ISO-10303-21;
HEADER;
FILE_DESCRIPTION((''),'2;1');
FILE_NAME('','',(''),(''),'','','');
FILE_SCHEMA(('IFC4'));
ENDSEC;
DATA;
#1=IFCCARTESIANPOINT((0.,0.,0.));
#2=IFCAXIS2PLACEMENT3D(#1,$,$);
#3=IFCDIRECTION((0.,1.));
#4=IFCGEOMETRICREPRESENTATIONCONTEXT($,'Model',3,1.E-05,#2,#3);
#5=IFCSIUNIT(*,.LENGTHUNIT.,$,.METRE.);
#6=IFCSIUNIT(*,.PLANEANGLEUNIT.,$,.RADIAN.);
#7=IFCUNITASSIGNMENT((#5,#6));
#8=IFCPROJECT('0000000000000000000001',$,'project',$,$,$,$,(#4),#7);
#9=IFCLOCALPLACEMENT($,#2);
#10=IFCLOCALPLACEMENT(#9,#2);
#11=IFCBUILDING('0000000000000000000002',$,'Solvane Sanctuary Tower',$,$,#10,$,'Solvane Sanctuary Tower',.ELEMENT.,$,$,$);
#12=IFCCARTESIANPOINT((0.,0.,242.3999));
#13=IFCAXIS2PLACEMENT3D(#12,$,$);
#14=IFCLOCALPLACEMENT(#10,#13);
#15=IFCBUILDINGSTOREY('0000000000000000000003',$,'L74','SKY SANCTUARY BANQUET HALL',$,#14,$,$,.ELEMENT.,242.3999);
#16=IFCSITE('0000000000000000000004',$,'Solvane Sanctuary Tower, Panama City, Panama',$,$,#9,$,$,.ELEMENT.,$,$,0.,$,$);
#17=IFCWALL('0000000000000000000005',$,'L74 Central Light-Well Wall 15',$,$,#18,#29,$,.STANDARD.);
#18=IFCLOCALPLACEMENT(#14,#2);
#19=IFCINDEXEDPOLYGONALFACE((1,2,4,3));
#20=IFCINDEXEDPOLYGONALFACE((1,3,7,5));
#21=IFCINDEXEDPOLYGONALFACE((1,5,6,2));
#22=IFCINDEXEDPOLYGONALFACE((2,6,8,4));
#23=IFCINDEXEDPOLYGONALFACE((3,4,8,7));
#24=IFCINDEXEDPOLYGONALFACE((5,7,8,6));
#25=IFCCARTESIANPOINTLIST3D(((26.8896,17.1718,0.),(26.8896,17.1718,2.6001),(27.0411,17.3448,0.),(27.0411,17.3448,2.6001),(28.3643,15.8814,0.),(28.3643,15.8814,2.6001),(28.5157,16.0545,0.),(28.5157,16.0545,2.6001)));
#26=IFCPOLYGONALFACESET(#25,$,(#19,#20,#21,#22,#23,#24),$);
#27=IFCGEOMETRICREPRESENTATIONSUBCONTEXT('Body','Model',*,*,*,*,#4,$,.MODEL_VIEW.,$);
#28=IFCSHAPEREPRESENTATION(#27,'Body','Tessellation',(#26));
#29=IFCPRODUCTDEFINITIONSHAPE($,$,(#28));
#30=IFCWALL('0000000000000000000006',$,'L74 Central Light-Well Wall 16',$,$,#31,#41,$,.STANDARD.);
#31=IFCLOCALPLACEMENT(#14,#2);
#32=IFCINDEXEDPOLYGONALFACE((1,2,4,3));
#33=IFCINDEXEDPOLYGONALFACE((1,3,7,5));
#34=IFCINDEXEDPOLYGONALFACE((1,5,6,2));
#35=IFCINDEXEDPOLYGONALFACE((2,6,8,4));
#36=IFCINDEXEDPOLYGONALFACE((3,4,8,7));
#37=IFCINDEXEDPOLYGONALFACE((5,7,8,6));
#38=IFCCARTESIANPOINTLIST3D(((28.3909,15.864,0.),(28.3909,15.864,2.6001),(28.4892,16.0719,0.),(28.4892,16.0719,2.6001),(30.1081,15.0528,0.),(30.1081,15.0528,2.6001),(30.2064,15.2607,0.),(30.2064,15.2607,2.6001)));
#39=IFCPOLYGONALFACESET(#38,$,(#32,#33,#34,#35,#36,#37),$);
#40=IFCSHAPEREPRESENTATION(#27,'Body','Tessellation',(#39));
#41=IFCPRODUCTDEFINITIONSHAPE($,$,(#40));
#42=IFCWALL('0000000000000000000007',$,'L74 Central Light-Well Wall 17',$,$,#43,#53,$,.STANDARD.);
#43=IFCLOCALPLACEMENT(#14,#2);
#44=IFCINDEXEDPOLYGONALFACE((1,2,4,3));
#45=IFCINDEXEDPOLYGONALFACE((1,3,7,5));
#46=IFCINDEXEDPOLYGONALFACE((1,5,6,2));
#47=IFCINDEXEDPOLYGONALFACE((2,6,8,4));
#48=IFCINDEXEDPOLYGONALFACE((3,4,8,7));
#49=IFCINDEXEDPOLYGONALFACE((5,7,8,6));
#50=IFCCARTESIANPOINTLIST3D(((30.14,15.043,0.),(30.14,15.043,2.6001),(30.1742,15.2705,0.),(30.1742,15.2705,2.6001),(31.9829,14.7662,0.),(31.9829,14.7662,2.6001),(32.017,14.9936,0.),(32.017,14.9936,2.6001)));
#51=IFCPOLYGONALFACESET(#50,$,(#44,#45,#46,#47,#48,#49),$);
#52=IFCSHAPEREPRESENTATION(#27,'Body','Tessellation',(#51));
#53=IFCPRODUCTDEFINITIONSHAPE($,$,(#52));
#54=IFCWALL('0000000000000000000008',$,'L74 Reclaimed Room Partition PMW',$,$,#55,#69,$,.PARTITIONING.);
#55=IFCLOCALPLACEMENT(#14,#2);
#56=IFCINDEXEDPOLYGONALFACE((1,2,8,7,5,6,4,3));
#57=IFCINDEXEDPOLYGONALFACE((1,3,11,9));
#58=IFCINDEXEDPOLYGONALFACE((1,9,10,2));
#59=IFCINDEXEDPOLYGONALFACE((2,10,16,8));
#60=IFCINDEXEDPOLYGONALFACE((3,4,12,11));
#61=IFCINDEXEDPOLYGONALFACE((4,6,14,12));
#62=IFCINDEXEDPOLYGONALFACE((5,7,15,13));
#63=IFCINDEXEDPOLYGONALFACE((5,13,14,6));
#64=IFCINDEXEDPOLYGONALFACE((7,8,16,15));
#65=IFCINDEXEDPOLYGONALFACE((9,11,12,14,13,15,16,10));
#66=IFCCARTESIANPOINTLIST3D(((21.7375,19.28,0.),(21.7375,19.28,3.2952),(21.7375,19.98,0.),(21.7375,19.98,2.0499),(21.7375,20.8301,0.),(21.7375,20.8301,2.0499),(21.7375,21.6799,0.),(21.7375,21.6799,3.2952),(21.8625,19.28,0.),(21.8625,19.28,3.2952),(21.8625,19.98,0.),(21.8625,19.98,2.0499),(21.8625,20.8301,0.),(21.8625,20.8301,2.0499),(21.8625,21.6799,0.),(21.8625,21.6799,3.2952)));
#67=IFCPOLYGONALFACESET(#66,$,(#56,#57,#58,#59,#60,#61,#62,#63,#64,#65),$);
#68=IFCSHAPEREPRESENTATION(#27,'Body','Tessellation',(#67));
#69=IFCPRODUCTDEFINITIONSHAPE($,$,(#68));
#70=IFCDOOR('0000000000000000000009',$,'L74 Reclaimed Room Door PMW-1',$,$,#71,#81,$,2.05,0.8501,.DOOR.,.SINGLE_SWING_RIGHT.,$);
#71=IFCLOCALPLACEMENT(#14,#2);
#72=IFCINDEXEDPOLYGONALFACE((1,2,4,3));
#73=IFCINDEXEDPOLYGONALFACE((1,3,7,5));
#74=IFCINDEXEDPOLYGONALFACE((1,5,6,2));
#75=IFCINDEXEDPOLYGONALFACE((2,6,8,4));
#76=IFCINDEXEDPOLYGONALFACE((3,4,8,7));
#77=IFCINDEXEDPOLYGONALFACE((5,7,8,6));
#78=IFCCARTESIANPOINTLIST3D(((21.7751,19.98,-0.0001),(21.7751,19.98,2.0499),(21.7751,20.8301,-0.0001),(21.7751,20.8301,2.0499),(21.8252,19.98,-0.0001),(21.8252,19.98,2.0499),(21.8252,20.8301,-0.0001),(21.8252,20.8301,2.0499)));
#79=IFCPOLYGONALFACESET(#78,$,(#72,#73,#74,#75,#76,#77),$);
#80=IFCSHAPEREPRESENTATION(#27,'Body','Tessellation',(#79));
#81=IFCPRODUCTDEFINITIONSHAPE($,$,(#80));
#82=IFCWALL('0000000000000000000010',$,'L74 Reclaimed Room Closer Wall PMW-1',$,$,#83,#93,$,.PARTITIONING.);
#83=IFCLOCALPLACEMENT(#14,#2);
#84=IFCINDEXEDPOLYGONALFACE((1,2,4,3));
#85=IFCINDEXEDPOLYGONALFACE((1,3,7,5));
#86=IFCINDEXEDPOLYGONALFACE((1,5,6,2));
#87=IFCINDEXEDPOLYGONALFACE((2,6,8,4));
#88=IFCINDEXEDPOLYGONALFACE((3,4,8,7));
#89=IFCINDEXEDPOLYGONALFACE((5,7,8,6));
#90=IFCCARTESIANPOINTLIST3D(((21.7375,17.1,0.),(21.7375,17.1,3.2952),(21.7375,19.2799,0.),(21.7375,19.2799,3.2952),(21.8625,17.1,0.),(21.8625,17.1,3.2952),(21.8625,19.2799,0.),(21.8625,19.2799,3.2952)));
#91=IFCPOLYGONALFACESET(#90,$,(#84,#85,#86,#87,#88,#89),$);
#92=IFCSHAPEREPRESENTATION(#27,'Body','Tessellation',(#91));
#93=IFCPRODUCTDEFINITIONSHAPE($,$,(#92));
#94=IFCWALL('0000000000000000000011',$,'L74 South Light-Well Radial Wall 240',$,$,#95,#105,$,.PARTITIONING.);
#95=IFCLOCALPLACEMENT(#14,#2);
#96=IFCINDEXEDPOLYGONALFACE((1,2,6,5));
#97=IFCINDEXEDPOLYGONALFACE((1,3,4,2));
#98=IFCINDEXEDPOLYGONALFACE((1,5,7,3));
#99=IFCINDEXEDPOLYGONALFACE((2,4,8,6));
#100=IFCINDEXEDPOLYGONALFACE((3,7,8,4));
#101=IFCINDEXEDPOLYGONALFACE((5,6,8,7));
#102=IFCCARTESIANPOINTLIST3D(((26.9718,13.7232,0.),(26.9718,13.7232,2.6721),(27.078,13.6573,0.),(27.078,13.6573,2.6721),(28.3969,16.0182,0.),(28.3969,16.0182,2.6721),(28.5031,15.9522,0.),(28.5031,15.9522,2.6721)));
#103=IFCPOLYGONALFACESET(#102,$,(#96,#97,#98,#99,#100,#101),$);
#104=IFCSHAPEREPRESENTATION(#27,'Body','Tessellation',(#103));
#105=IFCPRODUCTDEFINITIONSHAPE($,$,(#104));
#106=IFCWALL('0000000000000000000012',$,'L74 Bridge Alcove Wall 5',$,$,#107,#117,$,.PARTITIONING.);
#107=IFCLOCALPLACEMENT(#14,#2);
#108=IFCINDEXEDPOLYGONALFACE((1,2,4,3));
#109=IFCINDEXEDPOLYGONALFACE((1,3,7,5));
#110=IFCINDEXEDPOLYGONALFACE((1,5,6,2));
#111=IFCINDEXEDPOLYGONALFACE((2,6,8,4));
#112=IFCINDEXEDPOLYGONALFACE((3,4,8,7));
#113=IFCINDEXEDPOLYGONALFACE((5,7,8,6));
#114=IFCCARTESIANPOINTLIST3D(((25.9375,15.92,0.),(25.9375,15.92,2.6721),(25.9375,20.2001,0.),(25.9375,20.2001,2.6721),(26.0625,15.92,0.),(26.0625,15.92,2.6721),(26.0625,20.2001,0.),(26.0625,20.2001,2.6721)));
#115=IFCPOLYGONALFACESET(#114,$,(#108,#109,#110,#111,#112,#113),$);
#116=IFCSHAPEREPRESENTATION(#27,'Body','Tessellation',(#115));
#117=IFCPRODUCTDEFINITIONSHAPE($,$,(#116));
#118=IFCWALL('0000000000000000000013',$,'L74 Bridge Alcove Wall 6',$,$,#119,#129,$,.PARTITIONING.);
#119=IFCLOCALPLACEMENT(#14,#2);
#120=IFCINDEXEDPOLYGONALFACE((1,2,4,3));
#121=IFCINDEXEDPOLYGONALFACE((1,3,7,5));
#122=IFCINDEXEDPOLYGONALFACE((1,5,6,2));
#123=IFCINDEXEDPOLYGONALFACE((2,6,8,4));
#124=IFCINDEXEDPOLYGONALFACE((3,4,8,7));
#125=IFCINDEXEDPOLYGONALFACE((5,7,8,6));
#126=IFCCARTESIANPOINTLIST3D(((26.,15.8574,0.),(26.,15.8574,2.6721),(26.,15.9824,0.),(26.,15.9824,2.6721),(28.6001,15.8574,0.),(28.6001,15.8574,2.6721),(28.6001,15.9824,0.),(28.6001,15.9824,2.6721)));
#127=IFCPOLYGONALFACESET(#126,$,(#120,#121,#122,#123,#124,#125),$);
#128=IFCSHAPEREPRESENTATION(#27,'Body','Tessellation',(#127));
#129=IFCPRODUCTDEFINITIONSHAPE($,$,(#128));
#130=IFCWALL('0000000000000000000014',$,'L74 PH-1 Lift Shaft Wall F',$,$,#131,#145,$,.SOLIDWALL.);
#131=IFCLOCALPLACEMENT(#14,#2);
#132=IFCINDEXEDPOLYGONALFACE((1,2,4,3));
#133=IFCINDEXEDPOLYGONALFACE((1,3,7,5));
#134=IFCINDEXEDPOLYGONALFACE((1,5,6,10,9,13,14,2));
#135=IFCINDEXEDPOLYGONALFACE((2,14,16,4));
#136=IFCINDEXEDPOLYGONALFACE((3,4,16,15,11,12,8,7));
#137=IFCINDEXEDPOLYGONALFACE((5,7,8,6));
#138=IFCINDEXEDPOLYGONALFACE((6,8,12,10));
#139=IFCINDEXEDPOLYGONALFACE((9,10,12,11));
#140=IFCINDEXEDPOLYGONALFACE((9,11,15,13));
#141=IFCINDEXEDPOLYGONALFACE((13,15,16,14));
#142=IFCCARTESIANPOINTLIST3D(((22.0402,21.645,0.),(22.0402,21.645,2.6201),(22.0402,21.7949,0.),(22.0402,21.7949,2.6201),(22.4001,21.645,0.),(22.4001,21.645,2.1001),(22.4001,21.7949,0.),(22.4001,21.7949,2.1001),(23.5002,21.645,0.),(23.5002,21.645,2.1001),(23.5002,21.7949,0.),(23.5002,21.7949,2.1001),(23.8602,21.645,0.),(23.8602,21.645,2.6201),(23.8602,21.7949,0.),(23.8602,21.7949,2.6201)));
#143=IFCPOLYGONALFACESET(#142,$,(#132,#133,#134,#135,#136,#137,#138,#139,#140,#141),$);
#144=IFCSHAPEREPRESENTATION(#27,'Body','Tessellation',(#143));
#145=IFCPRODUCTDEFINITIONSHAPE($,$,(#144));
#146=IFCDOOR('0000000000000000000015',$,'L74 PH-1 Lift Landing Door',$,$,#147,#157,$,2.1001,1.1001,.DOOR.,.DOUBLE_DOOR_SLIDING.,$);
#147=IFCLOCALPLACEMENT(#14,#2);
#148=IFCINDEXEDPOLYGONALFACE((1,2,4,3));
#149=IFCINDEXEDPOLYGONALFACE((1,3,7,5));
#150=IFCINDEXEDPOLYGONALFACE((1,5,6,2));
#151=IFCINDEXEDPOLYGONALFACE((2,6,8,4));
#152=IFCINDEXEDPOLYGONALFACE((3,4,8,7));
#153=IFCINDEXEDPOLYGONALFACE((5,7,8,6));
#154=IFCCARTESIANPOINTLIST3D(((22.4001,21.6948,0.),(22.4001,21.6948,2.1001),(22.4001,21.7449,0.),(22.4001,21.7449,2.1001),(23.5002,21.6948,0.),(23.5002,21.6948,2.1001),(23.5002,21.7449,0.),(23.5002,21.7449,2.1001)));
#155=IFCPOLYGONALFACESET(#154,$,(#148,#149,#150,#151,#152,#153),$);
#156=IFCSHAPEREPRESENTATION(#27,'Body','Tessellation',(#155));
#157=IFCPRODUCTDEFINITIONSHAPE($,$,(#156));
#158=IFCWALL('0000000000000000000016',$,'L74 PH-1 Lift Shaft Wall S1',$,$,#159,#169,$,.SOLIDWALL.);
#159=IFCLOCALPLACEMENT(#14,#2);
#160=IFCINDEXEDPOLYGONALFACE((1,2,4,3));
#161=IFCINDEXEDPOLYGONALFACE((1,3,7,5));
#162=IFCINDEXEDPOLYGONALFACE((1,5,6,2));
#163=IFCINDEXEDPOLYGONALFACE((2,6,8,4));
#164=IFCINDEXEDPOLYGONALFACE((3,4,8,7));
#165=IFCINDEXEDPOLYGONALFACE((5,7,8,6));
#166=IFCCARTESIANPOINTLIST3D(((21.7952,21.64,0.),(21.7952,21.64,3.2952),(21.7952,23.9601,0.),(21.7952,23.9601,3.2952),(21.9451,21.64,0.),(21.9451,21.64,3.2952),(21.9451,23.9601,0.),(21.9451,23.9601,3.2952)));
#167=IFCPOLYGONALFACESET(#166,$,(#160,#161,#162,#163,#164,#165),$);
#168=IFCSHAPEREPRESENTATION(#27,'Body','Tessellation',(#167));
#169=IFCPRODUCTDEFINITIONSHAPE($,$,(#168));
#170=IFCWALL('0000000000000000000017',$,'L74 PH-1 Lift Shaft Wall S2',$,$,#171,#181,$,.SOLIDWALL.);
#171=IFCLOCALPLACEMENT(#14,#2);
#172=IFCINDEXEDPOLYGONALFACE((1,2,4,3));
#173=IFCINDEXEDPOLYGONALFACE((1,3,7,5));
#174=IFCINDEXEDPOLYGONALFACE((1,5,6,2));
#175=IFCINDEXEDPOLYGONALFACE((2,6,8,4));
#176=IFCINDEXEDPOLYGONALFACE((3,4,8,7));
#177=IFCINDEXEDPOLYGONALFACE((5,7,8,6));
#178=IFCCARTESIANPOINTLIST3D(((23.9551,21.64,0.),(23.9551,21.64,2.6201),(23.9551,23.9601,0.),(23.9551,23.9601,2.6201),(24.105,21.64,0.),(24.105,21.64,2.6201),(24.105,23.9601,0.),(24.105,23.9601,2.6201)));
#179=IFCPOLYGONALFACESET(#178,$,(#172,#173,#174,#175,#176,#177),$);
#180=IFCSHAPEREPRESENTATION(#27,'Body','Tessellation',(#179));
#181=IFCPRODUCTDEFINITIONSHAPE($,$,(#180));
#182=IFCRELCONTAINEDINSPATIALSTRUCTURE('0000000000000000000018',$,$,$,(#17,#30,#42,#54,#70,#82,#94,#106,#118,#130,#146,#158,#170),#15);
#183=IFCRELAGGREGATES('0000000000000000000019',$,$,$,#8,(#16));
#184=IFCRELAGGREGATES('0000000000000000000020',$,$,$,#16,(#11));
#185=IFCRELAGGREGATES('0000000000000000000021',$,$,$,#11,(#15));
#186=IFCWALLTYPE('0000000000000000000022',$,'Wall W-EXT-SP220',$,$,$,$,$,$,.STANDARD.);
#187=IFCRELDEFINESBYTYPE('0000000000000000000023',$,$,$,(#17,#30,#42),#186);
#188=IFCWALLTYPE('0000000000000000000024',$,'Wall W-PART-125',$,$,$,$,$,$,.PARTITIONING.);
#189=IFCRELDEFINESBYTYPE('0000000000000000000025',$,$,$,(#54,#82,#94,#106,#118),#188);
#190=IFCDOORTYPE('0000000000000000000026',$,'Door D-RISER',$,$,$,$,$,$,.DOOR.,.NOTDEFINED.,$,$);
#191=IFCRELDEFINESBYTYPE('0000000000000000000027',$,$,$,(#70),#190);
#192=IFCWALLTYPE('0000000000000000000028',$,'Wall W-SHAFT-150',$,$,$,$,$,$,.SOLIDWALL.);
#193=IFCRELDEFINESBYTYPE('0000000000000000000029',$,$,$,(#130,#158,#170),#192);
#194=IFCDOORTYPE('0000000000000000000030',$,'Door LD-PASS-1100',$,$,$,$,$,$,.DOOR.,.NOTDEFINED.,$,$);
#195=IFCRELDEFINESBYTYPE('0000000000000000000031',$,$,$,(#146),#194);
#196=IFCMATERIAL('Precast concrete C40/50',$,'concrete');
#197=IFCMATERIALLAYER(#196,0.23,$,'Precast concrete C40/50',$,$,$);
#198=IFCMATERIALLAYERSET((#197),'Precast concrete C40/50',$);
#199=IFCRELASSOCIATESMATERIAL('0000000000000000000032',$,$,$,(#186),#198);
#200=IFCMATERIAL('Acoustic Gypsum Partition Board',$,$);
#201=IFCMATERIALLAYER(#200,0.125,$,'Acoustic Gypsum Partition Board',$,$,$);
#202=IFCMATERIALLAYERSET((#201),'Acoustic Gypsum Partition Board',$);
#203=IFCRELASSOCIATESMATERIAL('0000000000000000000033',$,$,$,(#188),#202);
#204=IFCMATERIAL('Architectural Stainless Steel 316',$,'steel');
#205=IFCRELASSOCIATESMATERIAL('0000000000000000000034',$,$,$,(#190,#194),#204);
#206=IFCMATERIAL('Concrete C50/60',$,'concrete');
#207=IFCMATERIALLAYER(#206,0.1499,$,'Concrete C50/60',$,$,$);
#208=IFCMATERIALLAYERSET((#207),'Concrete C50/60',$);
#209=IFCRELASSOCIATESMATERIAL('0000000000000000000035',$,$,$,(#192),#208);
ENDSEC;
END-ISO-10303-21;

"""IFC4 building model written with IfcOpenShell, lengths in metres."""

from ifc_helpers import new_model, si_unit, direction, frame, frame_2d, origin, place, context, subcontext, project, spatial, rectangle, extrude, material, layer, layer_set, type_object, element, fill, save


model = new_model("IFC4")

# Units and contexts
model_context = context("Model", 3, precision=1e-05, world=origin(), true_north=direction((0.0, 1.0)))
body_context = subcontext(model_context, "Body", "Model", "MODEL_VIEW")
ifc_project = project(units=[si_unit("LENGTHUNIT", "METRE"), si_unit("PLANEANGLEUNIT", "RADIAN")], contexts=[model_context])

# Site, building, storey
site_placement = place(None, origin())
site = spatial("IfcSite", under=ifc_project, at=site_placement, Name="Solvane Sanctuary Tower, Panama City, Panama", CompositionType="ELEMENT", RefElevation=0.0)
building_placement = place(site_placement, origin())
building = spatial("IfcBuilding", under=site, at=building_placement, Name="Solvane Sanctuary Tower", LongName="Solvane Sanctuary Tower", CompositionType="ELEMENT")
storey_placement = place(building_placement, frame((0.0, 0.0, 242.3999)))
storey = spatial("IfcBuildingStorey", under=building, at=storey_placement, Name="L74", Description="SKY SANCTUARY BANQUET HALL", CompositionType="ELEMENT", Elevation=242.3999)

# Shared definitions
ifc_material_1 = material(Name="Precast concrete C40/50", Category="concrete")
ifc_layer_1 = layer(ifc_material_1, 0.23, Name="Precast concrete C40/50")
ifc_layer_set_1 = layer_set([ifc_layer_1], Name="Precast concrete C40/50")
wall_type_1 = type_object("IfcWallType", Name="Wall W-EXT-SP220", PredefinedType="STANDARD", material=ifc_layer_set_1)

# Walls
wall_1_placement = place(storey_placement, frame((26.9653, 17.2583, 0.0), z_axis=(0.0, 0.0, 1.0), x_axis=(0.752577, -0.658505, 0.0)))
element("IfcWall", 1, at=wall_1_placement, inside=storey, type_object=wall_type_1, Name="L74 Central Light-Well Wall 15", PredefinedType="STANDARD", context=body_context, shape_type="SweptSolid", body=[
    extrude(rectangle(XDim=1.9595, YDim=0.23, at=frame_2d((0.9797, 0.0))), origin(), (0.0, 0.0, 1.0), 2.6001),
])
wall_2_placement = place(storey_placement, frame((28.4399, 15.968, 0.0), z_axis=(0.0, 0.0, 1.0), x_axis=(0.90418, -0.427152, 0.0)))
element("IfcWall", 2, at=wall_2_placement, inside=storey, type_object=wall_type_1, Name="L74 Central Light-Well Wall 16", PredefinedType="STANDARD", context=body_context, shape_type="SweptSolid", body=[
    extrude(rectangle(XDim=1.8992, YDim=0.23, at=frame_2d((0.9497, 0.0))), origin(), (0.0, 0.0, 1.0), 2.6001),
])
wall_3_placement = place(storey_placement, frame((30.1572, 15.1567, 0.0), z_axis=(0.0, 0.0, 1.0), x_axis=(0.988902, -0.148571, 0.0)))
element("IfcWall", 3, at=wall_3_placement, inside=storey, type_object=wall_type_1, Name="L74 Central Light-Well Wall 17", PredefinedType="STANDARD", context=body_context, shape_type="SweptSolid", body=[
    extrude(rectangle(XDim=1.8635, YDim=0.23, at=frame_2d((0.9316, 0.0))), origin(), (0.0, 0.0, 1.0), 2.6001),
])

# Wall, opening, door
ifc_material_2 = material(Name="Acoustic Gypsum Partition Board")
ifc_layer_2 = layer(ifc_material_2, 0.125, Name="Acoustic Gypsum Partition Board")
ifc_layer_set_2 = layer_set([ifc_layer_2], Name="Acoustic Gypsum Partition Board")
wall_type_2 = type_object("IfcWallType", Name="Wall W-PART-125", PredefinedType="PARTITIONING", material=ifc_layer_set_2)
wall_4_placement = place(storey_placement, frame((21.8, 19.28, 0.0), z_axis=(0.0, 0.0, 1.0), x_axis=(0.0, 1.0, 0.0)))
wall_4 = element("IfcWall", 4, at=wall_4_placement, inside=storey, type_object=wall_type_2, Name="L74 Reclaimed Room Partition PMW", PredefinedType="PARTITIONING", context=body_context, shape_type="SweptSolid", body=[
    extrude(rectangle(XDim=2.3999, YDim=0.125, at=frame_2d((1.2, 0.0))), origin(), (0.0, 0.0, 1.0), 3.2952),
])
opening_1_placement = place(wall_4_placement, frame((0.7, 0.0, 0.0)))
opening_1 = element("IfcOpeningElement", 5, at=opening_1_placement, cuts=wall_4, PredefinedType="OPENING", context=body_context, shape_type="SweptSolid", body=[
    extrude(rectangle(XDim=0.8501, YDim=2.05, at=frame_2d((0.425, 1.0249))), frame((0.0, 0.0725, 0.0), z_axis=(0.0, -1.0, 0.0), x_axis=(1.0, 0.0, 0.0)), (0.0, 0.0, 1.0), 0.145),
])
ifc_material_3 = material(Name="Architectural Stainless Steel 316", Category="steel")
door_type_1 = type_object("IfcDoorType", Name="Door D-RISER", OperationType="NOTDEFINED", PredefinedType="DOOR", material=ifc_material_3)
door_1_placement = place(opening_1_placement, origin())
door_1 = element("IfcDoor", 6, at=door_1_placement, inside=storey, type_object=door_type_1, Name="L74 Reclaimed Room Door PMW-1", OperationType="SINGLE_SWING_RIGHT", OverallHeight=2.05, OverallWidth=0.8501, PredefinedType="DOOR", context=body_context, shape_type="SweptSolid", body=[
    extrude(rectangle(XDim=0.8501, YDim=2.05, at=frame_2d((0.425, 1.0249))), frame((0.0, 0.0249, 0.0), z_axis=(0.0, -1.0, 0.0), x_axis=(1.0, 0.0, 0.0)), (0.0, 0.0, 1.0), 0.05),
])
fill(opening_1, door_1)

# Walls
wall_5_placement = place(storey_placement, frame((21.8, 17.1001, 0.0), z_axis=(0.0, 0.0, 1.0), x_axis=(0.0, 1.0, 0.0)))
element("IfcWall", 7, at=wall_5_placement, inside=storey, type_object=wall_type_2, Name="L74 Reclaimed Room Closer Wall PMW-1", PredefinedType="PARTITIONING", context=body_context, shape_type="SweptSolid", body=[
    extrude(rectangle(XDim=2.1799, YDim=0.125, at=frame_2d((1.0898, 0.0))), origin(), (0.0, 0.0, 1.0), 3.2952),
])
wall_6_placement = place(storey_placement, frame((28.45, 15.9851, 0.0), z_axis=(0.0, 0.0, 1.0), x_axis=(-0.527527, -0.849538, 0.0)))
element("IfcWall", 8, at=wall_6_placement, inside=storey, type_object=wall_type_2, Name="L74 South Light-Well Radial Wall 240", PredefinedType="PARTITIONING", context=body_context, shape_type="SweptSolid", body=[
    extrude(rectangle(XDim=2.7014, YDim=0.125, at=frame_2d((1.3506, 0.0))), origin(), (0.0, 0.0, 1.0), 2.6721),
])
wall_7_placement = place(storey_placement, frame((26.0, 15.9199, 0.0), z_axis=(0.0, 0.0, 1.0), x_axis=(0.0, 1.0, 0.0)))
element("IfcWall", 9, at=wall_7_placement, inside=storey, type_object=wall_type_2, Name="L74 Bridge Alcove Wall 5", PredefinedType="PARTITIONING", context=body_context, shape_type="SweptSolid", body=[
    extrude(rectangle(XDim=4.28, YDim=0.125, at=frame_2d((2.1401, 0.0))), origin(), (0.0, 0.0, 1.0), 2.6721),
])
wall_8_placement = place(storey_placement, frame((26.0, 15.9199, 0.0), z_axis=(0.0, 0.0, 1.0), x_axis=(1.0, 0.0, 0.0)))
element("IfcWall", 10, at=wall_8_placement, inside=storey, type_object=wall_type_2, Name="L74 Bridge Alcove Wall 6", PredefinedType="PARTITIONING", context=body_context, shape_type="SweptSolid", body=[
    extrude(rectangle(XDim=2.6001, YDim=0.125, at=frame_2d((1.3, 0.0))), origin(), (0.0, 0.0, 1.0), 2.6721),
])

# Wall, opening, door
ifc_material_4 = material(Name="Concrete C50/60", Category="concrete")
ifc_layer_3 = layer(ifc_material_4, 0.1499, Name="Concrete C50/60")
ifc_layer_set_3 = layer_set([ifc_layer_3], Name="Concrete C50/60")
wall_type_3 = type_object("IfcWallType", Name="Wall W-SHAFT-150", PredefinedType="SOLIDWALL", material=ifc_layer_set_3)
wall_9_placement = place(storey_placement, frame((22.04, 21.72, 0.0), z_axis=(0.0, 0.0, 1.0), x_axis=(1.0, 0.0, 0.0)))
wall_9 = element("IfcWall", 11, at=wall_9_placement, inside=storey, type_object=wall_type_3, Name="L74 PH-1 Lift Shaft Wall F", PredefinedType="SOLIDWALL", context=body_context, shape_type="SweptSolid", body=[
    extrude(rectangle(XDim=1.8201, YDim=0.1499, at=frame_2d((0.9102, 0.0))), origin(), (0.0, 0.0, 1.0), 2.6201),
])
opening_2_placement = place(wall_9_placement, frame((0.3601, 0.0, 0.0)))
opening_2 = element("IfcOpeningElement", 12, at=opening_2_placement, cuts=wall_9, PredefinedType="OPENING", context=body_context, shape_type="SweptSolid", body=[
    extrude(rectangle(XDim=1.1001, YDim=2.1001, at=frame_2d((0.55, 1.05))), frame((0.0, 0.085, 0.0), z_axis=(0.0, -1.0, 0.0), x_axis=(1.0, 0.0, 0.0)), (0.0, 0.0, 1.0), 0.1699),
])
door_type_2 = type_object("IfcDoorType", Name="Door LD-PASS-1100", OperationType="NOTDEFINED", PredefinedType="DOOR", material=ifc_material_3)
door_2_placement = place(opening_2_placement, origin())
door_2 = element("IfcDoor", 13, at=door_2_placement, inside=storey, type_object=door_type_2, Name="L74 PH-1 Lift Landing Door", OperationType="DOUBLE_DOOR_SLIDING", OverallHeight=2.1001, OverallWidth=1.1001, PredefinedType="DOOR", context=body_context, shape_type="SweptSolid", body=[
    extrude(rectangle(XDim=1.1001, YDim=2.1001, at=frame_2d((0.55, 1.05))), frame((0.0, 0.0249, 0.0), z_axis=(0.0, -1.0, 0.0), x_axis=(1.0, 0.0, 0.0)), (0.0, 0.0, 1.0), 0.05),
])
fill(opening_2, door_2)

# Walls
wall_10_placement = place(storey_placement, frame((21.8701, 21.6399, 0.0), z_axis=(0.0, 0.0, 1.0), x_axis=(0.0, 1.0, 0.0)))
element("IfcWall", 14, at=wall_10_placement, inside=storey, type_object=wall_type_3, Name="L74 PH-1 Lift Shaft Wall S1", PredefinedType="SOLIDWALL", context=body_context, shape_type="SweptSolid", body=[
    extrude(rectangle(XDim=2.3201, YDim=0.1499, at=frame_2d((1.1602, 0.0))), origin(), (0.0, 0.0, 1.0), 3.2952),
])
wall_11_placement = place(storey_placement, frame((24.03, 21.6399, 0.0), z_axis=(0.0, 0.0, 1.0), x_axis=(0.0, 1.0, 0.0)))
element("IfcWall", 15, at=wall_11_placement, inside=storey, type_object=wall_type_3, Name="L74 PH-1 Lift Shaft Wall S2", PredefinedType="SOLIDWALL", context=body_context, shape_type="SweptSolid", body=[
    extrude(rectangle(XDim=2.3201, YDim=0.1499, at=frame_2d((1.1602, 0.0))), origin(), (0.0, 0.0, 1.0), 2.6201),
])

save(model, "model.ifc")
